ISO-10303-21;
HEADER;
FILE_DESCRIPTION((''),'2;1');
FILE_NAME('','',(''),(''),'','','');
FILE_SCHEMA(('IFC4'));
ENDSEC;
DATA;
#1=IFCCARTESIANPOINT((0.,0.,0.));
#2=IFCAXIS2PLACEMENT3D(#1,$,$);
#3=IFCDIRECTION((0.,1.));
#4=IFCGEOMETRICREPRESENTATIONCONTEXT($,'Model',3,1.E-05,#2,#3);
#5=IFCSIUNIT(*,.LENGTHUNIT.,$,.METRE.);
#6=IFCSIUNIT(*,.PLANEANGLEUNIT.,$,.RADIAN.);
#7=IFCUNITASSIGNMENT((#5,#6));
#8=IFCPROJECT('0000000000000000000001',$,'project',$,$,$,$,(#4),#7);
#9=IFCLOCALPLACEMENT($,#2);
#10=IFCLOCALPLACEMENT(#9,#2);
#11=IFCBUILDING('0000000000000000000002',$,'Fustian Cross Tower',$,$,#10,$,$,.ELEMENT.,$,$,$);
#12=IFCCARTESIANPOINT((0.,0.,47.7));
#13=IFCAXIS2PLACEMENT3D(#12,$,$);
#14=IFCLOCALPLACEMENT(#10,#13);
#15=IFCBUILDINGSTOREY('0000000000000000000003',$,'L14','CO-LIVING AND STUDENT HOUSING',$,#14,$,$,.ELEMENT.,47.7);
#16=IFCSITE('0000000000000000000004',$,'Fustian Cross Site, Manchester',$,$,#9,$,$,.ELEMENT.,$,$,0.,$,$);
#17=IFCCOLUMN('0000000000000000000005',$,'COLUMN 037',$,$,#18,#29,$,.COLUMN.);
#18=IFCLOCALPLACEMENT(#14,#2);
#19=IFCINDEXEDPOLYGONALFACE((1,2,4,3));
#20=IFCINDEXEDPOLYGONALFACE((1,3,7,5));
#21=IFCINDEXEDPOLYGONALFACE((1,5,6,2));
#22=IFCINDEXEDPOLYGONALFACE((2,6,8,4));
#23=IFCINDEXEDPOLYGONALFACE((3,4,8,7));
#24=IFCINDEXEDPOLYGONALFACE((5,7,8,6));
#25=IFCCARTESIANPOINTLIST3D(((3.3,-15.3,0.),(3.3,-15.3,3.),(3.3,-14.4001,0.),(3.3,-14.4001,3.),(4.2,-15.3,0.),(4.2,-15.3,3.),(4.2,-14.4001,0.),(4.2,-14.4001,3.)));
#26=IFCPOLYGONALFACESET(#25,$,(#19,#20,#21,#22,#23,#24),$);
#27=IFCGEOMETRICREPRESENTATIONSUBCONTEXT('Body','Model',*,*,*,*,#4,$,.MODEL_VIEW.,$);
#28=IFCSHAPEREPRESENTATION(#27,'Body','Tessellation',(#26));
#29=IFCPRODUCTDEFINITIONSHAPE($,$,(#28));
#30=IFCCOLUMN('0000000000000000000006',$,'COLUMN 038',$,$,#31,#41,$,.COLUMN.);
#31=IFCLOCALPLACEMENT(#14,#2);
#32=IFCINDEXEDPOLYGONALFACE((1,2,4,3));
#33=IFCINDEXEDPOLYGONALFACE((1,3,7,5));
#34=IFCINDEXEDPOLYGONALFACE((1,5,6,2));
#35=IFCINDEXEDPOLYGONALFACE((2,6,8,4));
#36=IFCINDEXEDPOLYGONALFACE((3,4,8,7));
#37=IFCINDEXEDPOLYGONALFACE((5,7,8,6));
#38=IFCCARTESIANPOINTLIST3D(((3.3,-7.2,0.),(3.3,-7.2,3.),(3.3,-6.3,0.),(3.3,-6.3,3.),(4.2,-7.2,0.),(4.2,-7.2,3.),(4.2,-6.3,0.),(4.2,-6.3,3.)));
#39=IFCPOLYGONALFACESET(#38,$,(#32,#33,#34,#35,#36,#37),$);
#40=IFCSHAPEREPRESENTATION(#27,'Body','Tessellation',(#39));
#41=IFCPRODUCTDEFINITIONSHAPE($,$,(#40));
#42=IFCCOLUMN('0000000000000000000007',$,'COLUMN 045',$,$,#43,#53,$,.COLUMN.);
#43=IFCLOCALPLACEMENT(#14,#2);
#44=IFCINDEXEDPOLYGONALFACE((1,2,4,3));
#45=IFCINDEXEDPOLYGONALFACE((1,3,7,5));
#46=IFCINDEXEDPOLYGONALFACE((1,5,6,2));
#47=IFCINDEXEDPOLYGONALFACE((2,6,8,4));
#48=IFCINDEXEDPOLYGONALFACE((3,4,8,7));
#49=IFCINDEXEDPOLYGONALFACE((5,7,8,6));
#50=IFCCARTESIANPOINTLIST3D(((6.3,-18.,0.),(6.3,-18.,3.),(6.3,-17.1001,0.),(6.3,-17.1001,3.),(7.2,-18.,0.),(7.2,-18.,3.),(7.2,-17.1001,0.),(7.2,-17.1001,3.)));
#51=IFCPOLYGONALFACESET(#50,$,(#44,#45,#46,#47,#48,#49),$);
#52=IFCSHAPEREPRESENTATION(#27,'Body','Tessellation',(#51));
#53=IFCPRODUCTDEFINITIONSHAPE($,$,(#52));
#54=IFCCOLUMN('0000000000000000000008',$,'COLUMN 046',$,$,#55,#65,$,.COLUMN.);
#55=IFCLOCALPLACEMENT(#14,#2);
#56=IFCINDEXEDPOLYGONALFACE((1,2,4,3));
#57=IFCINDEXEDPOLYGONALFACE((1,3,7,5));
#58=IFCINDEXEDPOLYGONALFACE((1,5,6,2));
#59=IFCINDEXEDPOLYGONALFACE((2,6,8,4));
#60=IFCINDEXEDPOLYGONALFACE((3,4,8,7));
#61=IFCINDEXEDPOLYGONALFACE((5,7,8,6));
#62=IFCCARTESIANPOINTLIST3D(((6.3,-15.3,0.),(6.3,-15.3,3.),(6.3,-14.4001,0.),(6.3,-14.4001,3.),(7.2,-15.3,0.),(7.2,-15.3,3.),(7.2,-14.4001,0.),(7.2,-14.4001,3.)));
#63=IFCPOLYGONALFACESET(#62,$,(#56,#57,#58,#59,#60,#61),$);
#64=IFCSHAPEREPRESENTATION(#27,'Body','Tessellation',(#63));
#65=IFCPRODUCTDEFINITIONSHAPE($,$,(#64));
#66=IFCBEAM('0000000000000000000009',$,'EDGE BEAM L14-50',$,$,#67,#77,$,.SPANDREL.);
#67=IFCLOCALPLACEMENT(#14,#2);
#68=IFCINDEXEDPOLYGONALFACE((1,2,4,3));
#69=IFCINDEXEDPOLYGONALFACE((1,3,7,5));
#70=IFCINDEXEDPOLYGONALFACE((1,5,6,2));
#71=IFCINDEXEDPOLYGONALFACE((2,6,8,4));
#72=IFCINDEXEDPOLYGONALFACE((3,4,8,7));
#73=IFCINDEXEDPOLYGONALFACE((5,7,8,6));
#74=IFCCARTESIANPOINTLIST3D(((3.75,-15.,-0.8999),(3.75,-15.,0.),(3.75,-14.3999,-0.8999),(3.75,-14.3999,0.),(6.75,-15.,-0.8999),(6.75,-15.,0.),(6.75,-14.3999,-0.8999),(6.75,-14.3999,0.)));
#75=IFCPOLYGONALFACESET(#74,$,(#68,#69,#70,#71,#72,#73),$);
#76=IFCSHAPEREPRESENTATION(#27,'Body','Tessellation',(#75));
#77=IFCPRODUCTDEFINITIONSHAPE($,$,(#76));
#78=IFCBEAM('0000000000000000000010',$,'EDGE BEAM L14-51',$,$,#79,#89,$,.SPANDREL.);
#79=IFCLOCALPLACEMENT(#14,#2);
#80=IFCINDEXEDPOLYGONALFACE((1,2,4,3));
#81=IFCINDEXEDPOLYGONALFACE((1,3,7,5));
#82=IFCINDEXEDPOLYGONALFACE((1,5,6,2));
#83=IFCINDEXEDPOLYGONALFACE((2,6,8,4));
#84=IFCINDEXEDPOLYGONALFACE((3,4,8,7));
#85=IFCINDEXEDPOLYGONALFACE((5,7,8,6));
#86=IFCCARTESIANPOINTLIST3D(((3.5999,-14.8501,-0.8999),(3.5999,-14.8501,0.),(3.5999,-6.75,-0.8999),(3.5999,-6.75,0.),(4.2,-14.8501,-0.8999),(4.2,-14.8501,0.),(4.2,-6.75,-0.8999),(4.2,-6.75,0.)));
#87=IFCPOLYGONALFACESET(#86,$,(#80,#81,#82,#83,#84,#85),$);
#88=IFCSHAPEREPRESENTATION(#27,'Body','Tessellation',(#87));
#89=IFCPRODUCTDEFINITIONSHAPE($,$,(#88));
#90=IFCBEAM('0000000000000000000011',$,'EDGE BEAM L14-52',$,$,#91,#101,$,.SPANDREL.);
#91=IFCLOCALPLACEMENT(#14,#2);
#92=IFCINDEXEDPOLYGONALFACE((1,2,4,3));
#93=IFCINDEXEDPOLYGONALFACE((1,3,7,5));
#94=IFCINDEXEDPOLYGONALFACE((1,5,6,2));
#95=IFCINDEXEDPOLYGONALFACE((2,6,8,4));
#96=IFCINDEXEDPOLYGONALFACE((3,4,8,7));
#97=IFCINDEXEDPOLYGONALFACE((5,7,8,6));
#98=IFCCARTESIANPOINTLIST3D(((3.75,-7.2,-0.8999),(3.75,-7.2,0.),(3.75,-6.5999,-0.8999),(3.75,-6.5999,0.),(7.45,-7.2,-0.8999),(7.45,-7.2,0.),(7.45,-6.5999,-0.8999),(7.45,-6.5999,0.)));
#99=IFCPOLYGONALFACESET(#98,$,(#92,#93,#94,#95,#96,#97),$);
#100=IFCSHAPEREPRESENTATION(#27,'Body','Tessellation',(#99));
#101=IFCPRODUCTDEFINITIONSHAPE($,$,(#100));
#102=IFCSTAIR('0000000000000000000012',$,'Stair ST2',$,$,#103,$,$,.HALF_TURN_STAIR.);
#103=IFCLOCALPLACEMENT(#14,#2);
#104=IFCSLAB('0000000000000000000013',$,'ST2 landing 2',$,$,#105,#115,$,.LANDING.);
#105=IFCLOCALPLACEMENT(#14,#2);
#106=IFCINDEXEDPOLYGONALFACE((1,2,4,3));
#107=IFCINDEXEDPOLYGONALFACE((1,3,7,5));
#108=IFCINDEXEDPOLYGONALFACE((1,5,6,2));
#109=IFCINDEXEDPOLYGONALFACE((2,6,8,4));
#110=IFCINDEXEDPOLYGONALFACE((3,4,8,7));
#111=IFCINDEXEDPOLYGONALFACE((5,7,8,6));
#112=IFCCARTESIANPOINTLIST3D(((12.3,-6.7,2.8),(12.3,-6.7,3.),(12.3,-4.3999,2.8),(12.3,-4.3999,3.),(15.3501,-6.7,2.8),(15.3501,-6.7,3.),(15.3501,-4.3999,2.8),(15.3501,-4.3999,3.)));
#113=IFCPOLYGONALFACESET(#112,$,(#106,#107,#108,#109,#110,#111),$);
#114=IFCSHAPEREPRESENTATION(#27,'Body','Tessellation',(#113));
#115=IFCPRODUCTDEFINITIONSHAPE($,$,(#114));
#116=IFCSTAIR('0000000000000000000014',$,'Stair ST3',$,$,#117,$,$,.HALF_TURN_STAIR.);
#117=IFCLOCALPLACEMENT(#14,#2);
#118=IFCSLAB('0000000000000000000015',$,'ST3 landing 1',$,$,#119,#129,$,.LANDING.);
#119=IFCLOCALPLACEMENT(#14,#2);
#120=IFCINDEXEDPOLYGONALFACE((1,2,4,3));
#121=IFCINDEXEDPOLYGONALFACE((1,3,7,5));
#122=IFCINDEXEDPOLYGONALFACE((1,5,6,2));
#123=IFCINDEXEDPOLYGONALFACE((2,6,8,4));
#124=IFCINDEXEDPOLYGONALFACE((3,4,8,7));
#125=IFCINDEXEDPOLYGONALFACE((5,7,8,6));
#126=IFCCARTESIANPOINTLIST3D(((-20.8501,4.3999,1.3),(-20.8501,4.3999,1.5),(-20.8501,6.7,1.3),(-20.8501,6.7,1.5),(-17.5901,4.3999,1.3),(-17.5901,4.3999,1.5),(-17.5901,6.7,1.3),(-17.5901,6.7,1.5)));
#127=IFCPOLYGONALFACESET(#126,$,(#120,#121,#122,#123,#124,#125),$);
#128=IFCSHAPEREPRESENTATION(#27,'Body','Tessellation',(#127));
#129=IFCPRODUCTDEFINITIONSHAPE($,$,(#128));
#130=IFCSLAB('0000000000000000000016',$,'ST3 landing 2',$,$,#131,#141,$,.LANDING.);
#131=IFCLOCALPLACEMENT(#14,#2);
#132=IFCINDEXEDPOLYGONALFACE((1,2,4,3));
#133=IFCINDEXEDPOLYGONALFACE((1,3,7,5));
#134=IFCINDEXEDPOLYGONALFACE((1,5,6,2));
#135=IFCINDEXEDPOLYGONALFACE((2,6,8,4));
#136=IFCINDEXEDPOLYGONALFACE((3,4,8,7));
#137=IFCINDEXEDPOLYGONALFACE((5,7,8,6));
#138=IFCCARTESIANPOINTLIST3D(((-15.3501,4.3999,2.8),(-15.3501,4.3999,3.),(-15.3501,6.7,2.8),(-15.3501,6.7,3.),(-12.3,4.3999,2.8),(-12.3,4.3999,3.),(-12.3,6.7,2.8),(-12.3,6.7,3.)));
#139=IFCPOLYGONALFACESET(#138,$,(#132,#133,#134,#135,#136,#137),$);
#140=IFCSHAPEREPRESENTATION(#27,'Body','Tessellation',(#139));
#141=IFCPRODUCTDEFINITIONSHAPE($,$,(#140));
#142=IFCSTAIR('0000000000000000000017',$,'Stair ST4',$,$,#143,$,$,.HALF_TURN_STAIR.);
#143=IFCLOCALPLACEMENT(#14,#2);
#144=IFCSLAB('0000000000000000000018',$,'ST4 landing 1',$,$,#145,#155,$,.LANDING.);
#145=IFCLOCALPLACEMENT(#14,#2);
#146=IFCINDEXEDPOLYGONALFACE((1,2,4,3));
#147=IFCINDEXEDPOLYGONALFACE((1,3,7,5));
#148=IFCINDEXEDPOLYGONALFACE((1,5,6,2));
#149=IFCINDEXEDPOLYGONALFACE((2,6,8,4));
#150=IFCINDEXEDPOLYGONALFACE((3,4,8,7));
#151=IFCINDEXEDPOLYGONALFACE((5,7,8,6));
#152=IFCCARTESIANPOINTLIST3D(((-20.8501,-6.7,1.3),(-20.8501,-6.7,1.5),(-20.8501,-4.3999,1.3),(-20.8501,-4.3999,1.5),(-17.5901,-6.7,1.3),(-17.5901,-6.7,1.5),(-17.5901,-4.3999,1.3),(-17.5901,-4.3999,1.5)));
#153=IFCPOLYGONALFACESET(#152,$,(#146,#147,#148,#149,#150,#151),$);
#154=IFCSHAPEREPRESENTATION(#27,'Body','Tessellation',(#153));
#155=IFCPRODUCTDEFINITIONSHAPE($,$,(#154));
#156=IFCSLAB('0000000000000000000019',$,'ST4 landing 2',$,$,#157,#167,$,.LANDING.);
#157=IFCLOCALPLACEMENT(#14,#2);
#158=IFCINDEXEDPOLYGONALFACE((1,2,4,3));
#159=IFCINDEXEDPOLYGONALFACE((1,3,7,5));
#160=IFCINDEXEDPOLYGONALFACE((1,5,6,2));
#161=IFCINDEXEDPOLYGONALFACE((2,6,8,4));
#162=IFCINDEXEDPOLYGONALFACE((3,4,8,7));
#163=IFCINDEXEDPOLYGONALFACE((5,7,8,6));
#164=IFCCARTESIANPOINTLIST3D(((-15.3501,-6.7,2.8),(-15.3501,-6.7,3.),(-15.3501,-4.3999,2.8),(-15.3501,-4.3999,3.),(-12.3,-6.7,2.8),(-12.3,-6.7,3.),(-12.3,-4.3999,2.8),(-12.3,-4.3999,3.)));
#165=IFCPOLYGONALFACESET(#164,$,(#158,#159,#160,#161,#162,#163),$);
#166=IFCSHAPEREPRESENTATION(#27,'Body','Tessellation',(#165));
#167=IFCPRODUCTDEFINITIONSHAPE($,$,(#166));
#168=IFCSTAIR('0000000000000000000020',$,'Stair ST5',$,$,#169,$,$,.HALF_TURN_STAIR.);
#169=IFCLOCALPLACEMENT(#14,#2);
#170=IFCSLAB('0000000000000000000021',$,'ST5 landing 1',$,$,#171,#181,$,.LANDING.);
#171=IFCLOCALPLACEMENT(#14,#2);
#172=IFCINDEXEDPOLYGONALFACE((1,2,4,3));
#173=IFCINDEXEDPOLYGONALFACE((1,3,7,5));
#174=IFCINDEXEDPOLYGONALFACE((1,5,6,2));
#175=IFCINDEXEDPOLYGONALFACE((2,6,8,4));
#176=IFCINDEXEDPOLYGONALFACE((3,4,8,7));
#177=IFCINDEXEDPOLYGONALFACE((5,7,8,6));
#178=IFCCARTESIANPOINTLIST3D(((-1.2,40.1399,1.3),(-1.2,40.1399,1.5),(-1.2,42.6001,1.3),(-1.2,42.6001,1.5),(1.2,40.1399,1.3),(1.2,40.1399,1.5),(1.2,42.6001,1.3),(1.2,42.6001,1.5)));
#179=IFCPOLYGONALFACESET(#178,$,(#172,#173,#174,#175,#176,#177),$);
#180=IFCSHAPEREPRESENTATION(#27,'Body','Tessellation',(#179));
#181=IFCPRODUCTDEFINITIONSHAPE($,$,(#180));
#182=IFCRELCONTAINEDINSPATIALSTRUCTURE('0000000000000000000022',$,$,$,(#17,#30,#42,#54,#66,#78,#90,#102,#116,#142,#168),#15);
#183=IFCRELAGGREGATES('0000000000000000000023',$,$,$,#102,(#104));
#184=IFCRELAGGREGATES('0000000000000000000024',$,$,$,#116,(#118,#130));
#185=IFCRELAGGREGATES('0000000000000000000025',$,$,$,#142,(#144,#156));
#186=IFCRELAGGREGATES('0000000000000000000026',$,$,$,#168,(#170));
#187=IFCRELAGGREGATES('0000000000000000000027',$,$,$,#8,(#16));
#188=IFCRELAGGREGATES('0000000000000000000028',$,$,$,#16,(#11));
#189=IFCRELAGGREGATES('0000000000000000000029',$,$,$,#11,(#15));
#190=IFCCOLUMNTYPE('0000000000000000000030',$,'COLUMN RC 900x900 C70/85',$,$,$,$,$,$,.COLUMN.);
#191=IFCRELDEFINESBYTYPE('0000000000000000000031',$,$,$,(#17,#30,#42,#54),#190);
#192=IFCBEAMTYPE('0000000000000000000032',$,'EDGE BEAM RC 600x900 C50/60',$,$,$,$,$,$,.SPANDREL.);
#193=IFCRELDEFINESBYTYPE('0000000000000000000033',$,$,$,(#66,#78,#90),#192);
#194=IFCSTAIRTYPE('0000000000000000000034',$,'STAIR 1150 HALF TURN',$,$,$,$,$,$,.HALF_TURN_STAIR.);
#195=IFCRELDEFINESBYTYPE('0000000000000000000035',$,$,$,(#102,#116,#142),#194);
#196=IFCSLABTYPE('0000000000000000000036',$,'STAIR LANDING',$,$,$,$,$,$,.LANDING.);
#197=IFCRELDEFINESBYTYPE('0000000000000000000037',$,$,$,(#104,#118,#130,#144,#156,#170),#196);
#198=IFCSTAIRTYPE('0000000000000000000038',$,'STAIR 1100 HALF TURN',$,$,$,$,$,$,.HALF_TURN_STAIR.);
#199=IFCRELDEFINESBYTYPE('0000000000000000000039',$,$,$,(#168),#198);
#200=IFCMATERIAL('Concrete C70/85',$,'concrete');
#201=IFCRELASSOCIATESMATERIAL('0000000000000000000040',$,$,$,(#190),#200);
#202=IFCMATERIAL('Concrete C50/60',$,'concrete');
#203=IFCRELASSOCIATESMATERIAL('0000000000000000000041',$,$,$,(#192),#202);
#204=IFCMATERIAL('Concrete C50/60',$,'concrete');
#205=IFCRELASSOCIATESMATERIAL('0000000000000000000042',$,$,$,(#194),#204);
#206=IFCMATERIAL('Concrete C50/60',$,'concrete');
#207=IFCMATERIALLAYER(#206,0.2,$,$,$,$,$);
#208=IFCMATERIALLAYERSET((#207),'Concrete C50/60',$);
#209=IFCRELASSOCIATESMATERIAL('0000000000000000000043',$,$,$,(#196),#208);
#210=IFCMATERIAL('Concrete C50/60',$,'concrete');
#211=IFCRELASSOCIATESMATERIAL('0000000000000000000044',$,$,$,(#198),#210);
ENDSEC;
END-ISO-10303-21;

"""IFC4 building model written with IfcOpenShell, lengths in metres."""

from ifc_helpers import new_model, si_unit, direction, frame, origin, origin_2d, place, context, subcontext, project, spatial, polyline, rectangle, outline, extrude, material, layer, layer_set, material_profile, profile_set, type_object, element, aggregate, save


model = new_model("IFC4")

# Units and contexts
model_context = context("Model", 3, precision=1e-05, world=origin(), true_north=direction((0.0, 1.0)))
body_context = subcontext(model_context, "Body", "Model", "MODEL_VIEW")
ifc_project = project(units=[si_unit("LENGTHUNIT", "METRE"), si_unit("PLANEANGLEUNIT", "RADIAN")], contexts=[model_context])

# Site, building, storey
site_placement = place(None, origin())
site = spatial("IfcSite", under=ifc_project, at=site_placement, Name="Fustian Cross Site, Manchester", CompositionType="ELEMENT", RefElevation=0.0)
building_placement = place(site_placement, origin())
building = spatial("IfcBuilding", under=site, at=building_placement, Name="Fustian Cross Tower", CompositionType="ELEMENT")
storey_placement = place(building_placement, frame((0.0, 0.0, 47.7)))
storey = spatial("IfcBuildingStorey", under=building, at=storey_placement, Name="L14", Description="CO-LIVING AND STUDENT HOUSING", CompositionType="ELEMENT", Elevation=47.7)

# Columns
ifc_material_1 = material(Name="Concrete C70/85", Category="concrete")
ifc_material_profile_1 = material_profile(ifc_material_1, rectangle(XDim=0.8999, YDim=0.8999, at=origin_2d()), Name="RC 900x900")
ifc_profile_set_1 = profile_set([ifc_material_profile_1], Name="Concrete C70/85")
column_type = type_object("IfcColumnType", Name="COLUMN RC 900x900 C70/85", PredefinedType="COLUMN", material=ifc_profile_set_1)
for number, where, z_axis, x_axis, name in (
    (1, (3.75, -14.8501, 0.0), (0.0, 0.0, 1.0), (1.0, 0.0, 0.0), "COLUMN 037"),
    (2, (3.75, -6.75, 0.0), (0.0, 0.0, 1.0), (1.0, 0.0, 0.0), "COLUMN 038"),
    (3, (6.75, -17.55, 0.0), (0.0, 0.0, 1.0), (1.0, 0.0, 0.0), "COLUMN 045"),
    (4, (6.75, -14.8501, 0.0), (0.0, 0.0, 1.0), (1.0, 0.0, 0.0), "COLUMN 046"),
):
    element("IfcColumn", number, at=place(storey_placement, frame(where, z_axis=z_axis, x_axis=x_axis)), inside=storey, type_object=column_type, Name=name, PredefinedType="COLUMN", context=body_context, shape_type="SweptSolid", body=[
        extrude(rectangle(XDim=0.8999, YDim=0.8999, at=origin_2d()), origin(), (0.0, 0.0, 1.0), 3.0),
    ])

# Beams
ifc_material_2 = material(Name="Concrete C50/60", Category="concrete")
ifc_material_profile_2 = material_profile(ifc_material_2, rectangle(XDim=0.6001, YDim=0.8999, at=origin_2d()), Name="RC 600x900")
ifc_profile_set_2 = profile_set([ifc_material_profile_2], Name="Concrete C50/60")
beam_type = type_object("IfcBeamType", Name="EDGE BEAM RC 600x900 C50/60", PredefinedType="SPANDREL", material=ifc_profile_set_2)
beam_1_placement = place(storey_placement, frame((6.75, -14.7, -0.45), z_axis=(-1.0, 0.0, 0.0), x_axis=(0.0, -1.0, 0.0)))
element("IfcBeam", 5, at=beam_1_placement, inside=storey, type_object=beam_type, Name="EDGE BEAM L14-50", PredefinedType="SPANDREL", context=body_context, shape_type="SweptSolid", body=[
    extrude(rectangle(XDim=0.6001, YDim=0.8999, at=origin_2d()), origin(), (0.0, 0.0, 1.0), 3.0),
])
beam_2_placement = place(storey_placement, frame((3.8999, -14.8501, -0.45), z_axis=(0.0, 1.0, 0.0), x_axis=(-1.0, 0.0, 0.0)))
element("IfcBeam", 6, at=beam_2_placement, inside=storey, type_object=beam_type, Name="EDGE BEAM L14-51", PredefinedType="SPANDREL", context=body_context, shape_type="SweptSolid", body=[
    extrude(rectangle(XDim=0.6001, YDim=0.8999, at=origin_2d()), origin(), (0.0, 0.0, 1.0), 8.1001),
])
beam_3_placement = place(storey_placement, frame((3.75, -6.8999, -0.45), z_axis=(1.0, 0.0, 0.0), x_axis=(0.0, 1.0, 0.0)))
element("IfcBeam", 7, at=beam_3_placement, inside=storey, type_object=beam_type, Name="EDGE BEAM L14-52", PredefinedType="SPANDREL", context=body_context, shape_type="SweptSolid", body=[
    extrude(rectangle(XDim=0.6001, YDim=0.8999, at=origin_2d()), origin(), (0.0, 0.0, 1.0), 3.7),
])

# Stair, slab
ifc_material_3 = material(Name="Concrete C50/60", Category="concrete")
stair_type_1 = type_object("IfcStairType", Name="STAIR 1150 HALF TURN", PredefinedType="HALF_TURN_STAIR", material=ifc_material_3)
stair_1_placement = place(storey_placement, origin())
stair_1 = element("IfcStair", 8, at=stair_1_placement, inside=storey, type_object=stair_type_1, Name="Stair ST2", PredefinedType="HALF_TURN_STAIR")
ifc_material_4 = material(Name="Concrete C50/60", Category="concrete")
ifc_layer_1 = layer(ifc_material_4, 0.2)
ifc_layer_set_1 = layer_set([ifc_layer_1], Name="Concrete C50/60")
slab_type = type_object("IfcSlabType", Name="STAIR LANDING", PredefinedType="LANDING", material=ifc_layer_set_1)
slab_1_placement = place(storey_placement, frame((0.0, 0.0, 2.8)))
slab_1 = element("IfcSlab", 9, at=slab_1_placement, type_object=slab_type, Name="ST2 landing 2", PredefinedType="LANDING", context=body_context, shape_type="SweptSolid", body=[
    extrude(outline(polyline([(12.3, -4.3999), (15.3501, -4.3999), (15.3501, -6.7), (12.3, -6.7), (12.3, -4.3999)])), origin(), (0.0, 0.0, 1.0), 0.2),
])
aggregate(stair_1, [slab_1])

# Stairs, slabs
stair_2_placement = place(storey_placement, origin())
stair_2 = element("IfcStair", 10, at=stair_2_placement, inside=storey, type_object=stair_type_1, Name="Stair ST3", PredefinedType="HALF_TURN_STAIR")
slab_2_placement = place(storey_placement, frame((0.0, 0.0, 1.3)))
slab_2 = element("IfcSlab", 11, at=slab_2_placement, type_object=slab_type, Name="ST3 landing 1", PredefinedType="LANDING", context=body_context, shape_type="SweptSolid", body=[
    extrude(outline(polyline([(-17.5901, 4.3999), (-20.8501, 4.3999), (-20.8501, 6.7), (-17.5901, 6.7), (-17.5901, 4.3999)])), origin(), (0.0, 0.0, 1.0), 0.2),
])
slab_3_placement = place(storey_placement, frame((0.0, 0.0, 2.8)))
slab_3 = element("IfcSlab", 12, at=slab_3_placement, type_object=slab_type, Name="ST3 landing 2", PredefinedType="LANDING", context=body_context, shape_type="SweptSolid", body=[
    extrude(outline(polyline([(-12.3, 4.3999), (-15.3501, 4.3999), (-15.3501, 6.7), (-12.3, 6.7), (-12.3, 4.3999)])), origin(), (0.0, 0.0, 1.0), 0.2),
])
aggregate(stair_2, [slab_2, slab_3])
stair_3_placement = place(storey_placement, origin())
stair_3 = element("IfcStair", 13, at=stair_3_placement, inside=storey, type_object=stair_type_1, Name="Stair ST4", PredefinedType="HALF_TURN_STAIR")
slab_4_placement = place(storey_placement, frame((0.0, 0.0, 1.3)))
slab_4 = element("IfcSlab", 14, at=slab_4_placement, type_object=slab_type, Name="ST4 landing 1", PredefinedType="LANDING", context=body_context, shape_type="SweptSolid", body=[
    extrude(outline(polyline([(-17.5901, -4.3999), (-20.8501, -4.3999), (-20.8501, -6.7), (-17.5901, -6.7), (-17.5901, -4.3999)])), origin(), (0.0, 0.0, 1.0), 0.2),
])
slab_5_placement = place(storey_placement, frame((0.0, 0.0, 2.8)))
slab_5 = element("IfcSlab", 15, at=slab_5_placement, type_object=slab_type, Name="ST4 landing 2", PredefinedType="LANDING", context=body_context, shape_type="SweptSolid", body=[
    extrude(outline(polyline([(-12.3, -4.3999), (-15.3501, -4.3999), (-15.3501, -6.7), (-12.3, -6.7), (-12.3, -4.3999)])), origin(), (0.0, 0.0, 1.0), 0.2),
])
aggregate(stair_3, [slab_4, slab_5])

# Stair, slab
ifc_material_5 = material(Name="Concrete C50/60", Category="concrete")
stair_type_2 = type_object("IfcStairType", Name="STAIR 1100 HALF TURN", PredefinedType="HALF_TURN_STAIR", material=ifc_material_5)
stair_4_placement = place(storey_placement, origin())
stair_4 = element("IfcStair", 16, at=stair_4_placement, inside=storey, type_object=stair_type_2, Name="Stair ST5", PredefinedType="HALF_TURN_STAIR")
slab_6_placement = place(storey_placement, frame((0.0, 0.0, 1.3)))
slab_6 = element("IfcSlab", 17, at=slab_6_placement, type_object=slab_type, Name="ST5 landing 1", PredefinedType="LANDING", context=body_context, shape_type="SweptSolid", body=[
    extrude(outline(polyline([(-1.2, 40.1399), (-1.2, 42.6001), (1.2, 42.6001), (1.2, 40.1399), (-1.2, 40.1399)])), origin(), (0.0, 0.0, 1.0), 0.2),
])
aggregate(stair_4, [slab_6])

save(model, "model.ifc")
